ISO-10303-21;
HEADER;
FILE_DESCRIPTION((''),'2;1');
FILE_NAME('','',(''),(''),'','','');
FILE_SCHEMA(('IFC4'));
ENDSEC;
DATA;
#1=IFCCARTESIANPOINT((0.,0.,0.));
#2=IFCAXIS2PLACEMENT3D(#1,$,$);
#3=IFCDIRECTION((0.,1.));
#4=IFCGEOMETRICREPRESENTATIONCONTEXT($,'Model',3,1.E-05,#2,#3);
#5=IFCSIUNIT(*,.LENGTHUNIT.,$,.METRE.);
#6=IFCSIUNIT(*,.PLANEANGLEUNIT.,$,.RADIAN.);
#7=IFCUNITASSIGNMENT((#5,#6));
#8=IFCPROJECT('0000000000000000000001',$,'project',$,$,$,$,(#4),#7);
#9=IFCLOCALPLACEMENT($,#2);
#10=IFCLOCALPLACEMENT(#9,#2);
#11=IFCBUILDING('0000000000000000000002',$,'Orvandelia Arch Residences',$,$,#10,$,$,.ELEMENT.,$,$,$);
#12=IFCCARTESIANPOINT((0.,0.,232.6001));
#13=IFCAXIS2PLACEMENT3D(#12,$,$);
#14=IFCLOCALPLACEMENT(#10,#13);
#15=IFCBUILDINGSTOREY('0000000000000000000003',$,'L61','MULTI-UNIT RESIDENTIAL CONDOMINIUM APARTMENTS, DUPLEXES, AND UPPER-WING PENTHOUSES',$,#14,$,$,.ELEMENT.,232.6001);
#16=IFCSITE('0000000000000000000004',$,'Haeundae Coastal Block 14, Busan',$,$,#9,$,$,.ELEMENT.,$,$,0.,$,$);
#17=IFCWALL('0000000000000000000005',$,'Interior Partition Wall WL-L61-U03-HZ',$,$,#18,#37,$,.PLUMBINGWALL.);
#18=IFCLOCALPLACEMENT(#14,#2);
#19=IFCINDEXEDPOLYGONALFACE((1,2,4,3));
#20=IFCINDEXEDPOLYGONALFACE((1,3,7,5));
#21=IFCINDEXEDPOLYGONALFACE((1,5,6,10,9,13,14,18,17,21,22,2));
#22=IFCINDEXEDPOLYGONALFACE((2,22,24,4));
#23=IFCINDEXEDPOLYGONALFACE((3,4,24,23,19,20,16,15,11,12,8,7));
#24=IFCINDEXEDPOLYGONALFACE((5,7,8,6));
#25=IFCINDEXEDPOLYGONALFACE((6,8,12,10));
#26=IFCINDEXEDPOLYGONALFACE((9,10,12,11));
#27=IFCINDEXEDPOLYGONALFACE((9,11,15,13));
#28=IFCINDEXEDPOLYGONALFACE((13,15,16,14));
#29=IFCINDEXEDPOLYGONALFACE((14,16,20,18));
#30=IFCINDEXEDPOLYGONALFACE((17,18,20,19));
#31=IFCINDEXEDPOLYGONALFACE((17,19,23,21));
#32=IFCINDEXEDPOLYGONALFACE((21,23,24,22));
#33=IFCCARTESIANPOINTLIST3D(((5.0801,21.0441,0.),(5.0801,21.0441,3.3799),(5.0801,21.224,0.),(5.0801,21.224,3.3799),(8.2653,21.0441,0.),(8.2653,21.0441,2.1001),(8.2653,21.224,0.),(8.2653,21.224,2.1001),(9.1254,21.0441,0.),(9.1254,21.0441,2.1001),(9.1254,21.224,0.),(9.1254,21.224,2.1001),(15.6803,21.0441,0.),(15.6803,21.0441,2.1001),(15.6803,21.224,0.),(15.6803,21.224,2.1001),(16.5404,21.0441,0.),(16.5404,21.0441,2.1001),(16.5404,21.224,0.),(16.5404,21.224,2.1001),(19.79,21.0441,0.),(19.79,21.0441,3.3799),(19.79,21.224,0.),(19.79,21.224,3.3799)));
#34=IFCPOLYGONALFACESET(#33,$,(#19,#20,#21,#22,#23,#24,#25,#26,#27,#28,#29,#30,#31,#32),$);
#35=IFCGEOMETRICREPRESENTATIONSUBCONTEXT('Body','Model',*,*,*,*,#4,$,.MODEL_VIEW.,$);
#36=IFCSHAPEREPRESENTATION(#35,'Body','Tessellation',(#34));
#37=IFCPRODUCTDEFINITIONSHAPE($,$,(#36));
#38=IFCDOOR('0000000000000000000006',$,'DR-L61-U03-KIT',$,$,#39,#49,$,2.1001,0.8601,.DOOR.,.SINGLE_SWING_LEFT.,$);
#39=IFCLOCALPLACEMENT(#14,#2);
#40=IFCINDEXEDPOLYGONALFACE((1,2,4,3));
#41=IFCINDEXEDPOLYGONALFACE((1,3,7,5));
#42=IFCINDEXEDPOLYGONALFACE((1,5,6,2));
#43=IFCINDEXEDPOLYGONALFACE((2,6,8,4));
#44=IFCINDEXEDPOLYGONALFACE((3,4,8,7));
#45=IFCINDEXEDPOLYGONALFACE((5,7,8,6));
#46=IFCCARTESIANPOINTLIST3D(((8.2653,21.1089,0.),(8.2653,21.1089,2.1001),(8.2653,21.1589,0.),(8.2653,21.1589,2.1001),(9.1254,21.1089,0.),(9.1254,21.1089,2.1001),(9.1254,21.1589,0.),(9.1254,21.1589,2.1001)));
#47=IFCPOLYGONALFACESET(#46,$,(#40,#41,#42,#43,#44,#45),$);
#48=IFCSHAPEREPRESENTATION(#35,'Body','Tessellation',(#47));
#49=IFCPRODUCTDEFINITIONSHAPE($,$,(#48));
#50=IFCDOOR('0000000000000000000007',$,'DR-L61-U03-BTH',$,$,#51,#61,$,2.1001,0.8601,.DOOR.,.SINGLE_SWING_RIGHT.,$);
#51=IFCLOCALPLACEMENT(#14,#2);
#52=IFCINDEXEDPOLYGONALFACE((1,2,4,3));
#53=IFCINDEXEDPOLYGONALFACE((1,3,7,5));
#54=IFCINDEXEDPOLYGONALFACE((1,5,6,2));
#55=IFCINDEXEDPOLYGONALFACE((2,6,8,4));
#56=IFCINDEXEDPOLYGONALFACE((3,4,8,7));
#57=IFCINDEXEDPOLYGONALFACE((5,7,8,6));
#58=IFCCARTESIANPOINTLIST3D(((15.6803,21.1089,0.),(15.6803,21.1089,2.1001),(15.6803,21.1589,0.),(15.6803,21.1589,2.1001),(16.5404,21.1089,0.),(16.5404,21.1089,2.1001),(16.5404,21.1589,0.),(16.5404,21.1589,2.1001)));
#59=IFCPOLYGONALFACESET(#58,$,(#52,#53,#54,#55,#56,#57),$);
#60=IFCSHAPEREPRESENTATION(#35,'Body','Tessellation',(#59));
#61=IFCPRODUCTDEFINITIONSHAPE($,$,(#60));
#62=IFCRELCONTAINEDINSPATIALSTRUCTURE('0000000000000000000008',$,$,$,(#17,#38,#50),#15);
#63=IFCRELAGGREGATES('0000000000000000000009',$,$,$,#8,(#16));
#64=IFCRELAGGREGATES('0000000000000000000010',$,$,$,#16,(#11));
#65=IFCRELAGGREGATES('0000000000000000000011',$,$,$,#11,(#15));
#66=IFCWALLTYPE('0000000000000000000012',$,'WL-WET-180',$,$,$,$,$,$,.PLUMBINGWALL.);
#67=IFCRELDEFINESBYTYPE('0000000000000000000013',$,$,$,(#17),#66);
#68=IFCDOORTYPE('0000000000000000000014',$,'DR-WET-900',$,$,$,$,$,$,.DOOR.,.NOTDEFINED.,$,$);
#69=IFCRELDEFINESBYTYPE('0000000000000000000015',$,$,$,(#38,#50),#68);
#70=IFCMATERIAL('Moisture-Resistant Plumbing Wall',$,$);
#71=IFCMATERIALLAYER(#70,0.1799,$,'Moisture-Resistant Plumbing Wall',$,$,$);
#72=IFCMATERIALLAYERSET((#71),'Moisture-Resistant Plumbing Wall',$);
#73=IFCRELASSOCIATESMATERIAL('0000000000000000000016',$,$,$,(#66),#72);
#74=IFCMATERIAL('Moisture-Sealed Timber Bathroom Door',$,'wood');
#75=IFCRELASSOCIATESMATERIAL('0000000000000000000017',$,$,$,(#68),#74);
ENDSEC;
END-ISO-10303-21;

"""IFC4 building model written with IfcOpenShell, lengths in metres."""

from ifc_helpers import new_model, si_unit, direction, frame, frame_2d, origin, place, context, subcontext, project, spatial, rectangle, extrude, material, layer, layer_set, type_object, element, fill, save


model = new_model("IFC4")

# Units and contexts
model_context = context("Model", 3, precision=1e-05, world=origin(), true_north=direction((0.0, 1.0)))
body_context = subcontext(model_context, "Body", "Model", "MODEL_VIEW")
ifc_project = project(units=[si_unit("LENGTHUNIT", "METRE"), si_unit("PLANEANGLEUNIT", "RADIAN")], contexts=[model_context])

# Site, building, storey
site_placement = place(None, origin())
site = spatial("IfcSite", under=ifc_project, at=site_placement, Name="Haeundae Coastal Block 14, Busan", CompositionType="ELEMENT", RefElevation=0.0)
building_placement = place(site_placement, origin())
building = spatial("IfcBuilding", under=site, at=building_placement, Name="Orvandelia Arch Residences", CompositionType="ELEMENT")
storey_placement = place(building_placement, frame((0.0, 0.0, 232.6001)))
storey = spatial("IfcBuildingStorey", under=building, at=storey_placement, Name="L61", Description="MULTI-UNIT RESIDENTIAL CONDOMINIUM APARTMENTS, DUPLEXES, AND UPPER-WING PENTHOUSES", CompositionType="ELEMENT", Elevation=232.6001)

# Wall, openings, doors
ifc_material_1 = material(Name="Moisture-Resistant Plumbing Wall")
ifc_layer_1 = layer(ifc_material_1, 0.1799, Name="Moisture-Resistant Plumbing Wall")
ifc_layer_set_1 = layer_set([ifc_layer_1], Name="Moisture-Resistant Plumbing Wall")
wall_type_1 = type_object("IfcWallType", Name="WL-WET-180", PredefinedType="PLUMBINGWALL", material=ifc_layer_set_1)
ifc_material_2 = material(Name="Moisture-Sealed Timber Bathroom Door", Category="wood")
door_type = type_object("IfcDoorType", Name="DR-WET-900", OperationType="NOTDEFINED", PredefinedType="DOOR", material=ifc_material_2)
wall_1_placement = place(storey_placement, frame((5.0801, 21.134, 0.0), z_axis=(0.0, 0.0, 1.0), x_axis=(1.0, 0.0, 0.0)))
wall_1 = element("IfcWall", 1, at=wall_1_placement, inside=storey, type_object=wall_type_1, Name="Interior Partition Wall WL-L61-U03-HZ", PredefinedType="PLUMBINGWALL", context=body_context, shape_type="SweptSolid", body=[
    extrude(rectangle(XDim=14.71, YDim=0.1799, at=frame_2d((7.355, 0.0))), origin(), (0.0, 0.0, 1.0), 3.3799),
])
opening_1_placement = place(wall_1_placement, frame((3.1851, 0.0, 0.0)))
opening_1 = element("IfcOpeningElement", 2, at=opening_1_placement, cuts=wall_1, PredefinedType="OPENING", context=body_context, shape_type="SweptSolid", body=[
    extrude(rectangle(XDim=0.8601, YDim=2.1001, at=frame_2d((0.4302, 1.05))), frame((0.0, 0.1001, 0.0), z_axis=(0.0, -1.0, 0.0), x_axis=(1.0, 0.0, 0.0)), (0.0, 0.0, 1.0), 0.2),
])
opening_2_placement = place(wall_1_placement, frame((10.6001, 0.0, 0.0)))
opening_2 = element("IfcOpeningElement", 3, at=opening_2_placement, cuts=wall_1, PredefinedType="OPENING", context=body_context, shape_type="SweptSolid", body=[
    extrude(rectangle(XDim=0.8601, YDim=2.1001, at=frame_2d((0.4302, 1.05))), frame((0.0, 0.1001, 0.0), z_axis=(0.0, -1.0, 0.0), x_axis=(1.0, 0.0, 0.0)), (0.0, 0.0, 1.0), 0.2),
])
door_1_placement = place(opening_1_placement, origin())
door_1 = element("IfcDoor", 4, at=door_1_placement, inside=storey, type_object=door_type, Name="DR-L61-U03-KIT", OperationType="SINGLE_SWING_LEFT", OverallHeight=2.1001, OverallWidth=0.8601, PredefinedType="DOOR", context=body_context, shape_type="SweptSolid", body=[
    extrude(rectangle(XDim=0.8601, YDim=2.1001, at=frame_2d((0.4302, 1.05))), frame((0.0, 0.0249, 0.0), z_axis=(0.0, -1.0, 0.0), x_axis=(1.0, 0.0, 0.0)), (0.0, 0.0, 1.0), 0.05),
])
fill(opening_1, door_1)
door_2_placement = place(opening_2_placement, origin())
door_2 = element("IfcDoor", 5, at=door_2_placement, inside=storey, type_object=door_type, Name="DR-L61-U03-BTH", OperationType="SINGLE_SWING_RIGHT", OverallHeight=2.1001, OverallWidth=0.8601, PredefinedType="DOOR", context=body_context, shape_type="SweptSolid", body=[
    extrude(rectangle(XDim=0.8601, YDim=2.1001, at=frame_2d((0.4302, 1.05))), frame((0.0, 0.0249, 0.0), z_axis=(0.0, -1.0, 0.0), x_axis=(1.0, 0.0, 0.0)), (0.0, 0.0, 1.0), 0.05),
])
fill(opening_2, door_2)

save(model, "model.ifc")
